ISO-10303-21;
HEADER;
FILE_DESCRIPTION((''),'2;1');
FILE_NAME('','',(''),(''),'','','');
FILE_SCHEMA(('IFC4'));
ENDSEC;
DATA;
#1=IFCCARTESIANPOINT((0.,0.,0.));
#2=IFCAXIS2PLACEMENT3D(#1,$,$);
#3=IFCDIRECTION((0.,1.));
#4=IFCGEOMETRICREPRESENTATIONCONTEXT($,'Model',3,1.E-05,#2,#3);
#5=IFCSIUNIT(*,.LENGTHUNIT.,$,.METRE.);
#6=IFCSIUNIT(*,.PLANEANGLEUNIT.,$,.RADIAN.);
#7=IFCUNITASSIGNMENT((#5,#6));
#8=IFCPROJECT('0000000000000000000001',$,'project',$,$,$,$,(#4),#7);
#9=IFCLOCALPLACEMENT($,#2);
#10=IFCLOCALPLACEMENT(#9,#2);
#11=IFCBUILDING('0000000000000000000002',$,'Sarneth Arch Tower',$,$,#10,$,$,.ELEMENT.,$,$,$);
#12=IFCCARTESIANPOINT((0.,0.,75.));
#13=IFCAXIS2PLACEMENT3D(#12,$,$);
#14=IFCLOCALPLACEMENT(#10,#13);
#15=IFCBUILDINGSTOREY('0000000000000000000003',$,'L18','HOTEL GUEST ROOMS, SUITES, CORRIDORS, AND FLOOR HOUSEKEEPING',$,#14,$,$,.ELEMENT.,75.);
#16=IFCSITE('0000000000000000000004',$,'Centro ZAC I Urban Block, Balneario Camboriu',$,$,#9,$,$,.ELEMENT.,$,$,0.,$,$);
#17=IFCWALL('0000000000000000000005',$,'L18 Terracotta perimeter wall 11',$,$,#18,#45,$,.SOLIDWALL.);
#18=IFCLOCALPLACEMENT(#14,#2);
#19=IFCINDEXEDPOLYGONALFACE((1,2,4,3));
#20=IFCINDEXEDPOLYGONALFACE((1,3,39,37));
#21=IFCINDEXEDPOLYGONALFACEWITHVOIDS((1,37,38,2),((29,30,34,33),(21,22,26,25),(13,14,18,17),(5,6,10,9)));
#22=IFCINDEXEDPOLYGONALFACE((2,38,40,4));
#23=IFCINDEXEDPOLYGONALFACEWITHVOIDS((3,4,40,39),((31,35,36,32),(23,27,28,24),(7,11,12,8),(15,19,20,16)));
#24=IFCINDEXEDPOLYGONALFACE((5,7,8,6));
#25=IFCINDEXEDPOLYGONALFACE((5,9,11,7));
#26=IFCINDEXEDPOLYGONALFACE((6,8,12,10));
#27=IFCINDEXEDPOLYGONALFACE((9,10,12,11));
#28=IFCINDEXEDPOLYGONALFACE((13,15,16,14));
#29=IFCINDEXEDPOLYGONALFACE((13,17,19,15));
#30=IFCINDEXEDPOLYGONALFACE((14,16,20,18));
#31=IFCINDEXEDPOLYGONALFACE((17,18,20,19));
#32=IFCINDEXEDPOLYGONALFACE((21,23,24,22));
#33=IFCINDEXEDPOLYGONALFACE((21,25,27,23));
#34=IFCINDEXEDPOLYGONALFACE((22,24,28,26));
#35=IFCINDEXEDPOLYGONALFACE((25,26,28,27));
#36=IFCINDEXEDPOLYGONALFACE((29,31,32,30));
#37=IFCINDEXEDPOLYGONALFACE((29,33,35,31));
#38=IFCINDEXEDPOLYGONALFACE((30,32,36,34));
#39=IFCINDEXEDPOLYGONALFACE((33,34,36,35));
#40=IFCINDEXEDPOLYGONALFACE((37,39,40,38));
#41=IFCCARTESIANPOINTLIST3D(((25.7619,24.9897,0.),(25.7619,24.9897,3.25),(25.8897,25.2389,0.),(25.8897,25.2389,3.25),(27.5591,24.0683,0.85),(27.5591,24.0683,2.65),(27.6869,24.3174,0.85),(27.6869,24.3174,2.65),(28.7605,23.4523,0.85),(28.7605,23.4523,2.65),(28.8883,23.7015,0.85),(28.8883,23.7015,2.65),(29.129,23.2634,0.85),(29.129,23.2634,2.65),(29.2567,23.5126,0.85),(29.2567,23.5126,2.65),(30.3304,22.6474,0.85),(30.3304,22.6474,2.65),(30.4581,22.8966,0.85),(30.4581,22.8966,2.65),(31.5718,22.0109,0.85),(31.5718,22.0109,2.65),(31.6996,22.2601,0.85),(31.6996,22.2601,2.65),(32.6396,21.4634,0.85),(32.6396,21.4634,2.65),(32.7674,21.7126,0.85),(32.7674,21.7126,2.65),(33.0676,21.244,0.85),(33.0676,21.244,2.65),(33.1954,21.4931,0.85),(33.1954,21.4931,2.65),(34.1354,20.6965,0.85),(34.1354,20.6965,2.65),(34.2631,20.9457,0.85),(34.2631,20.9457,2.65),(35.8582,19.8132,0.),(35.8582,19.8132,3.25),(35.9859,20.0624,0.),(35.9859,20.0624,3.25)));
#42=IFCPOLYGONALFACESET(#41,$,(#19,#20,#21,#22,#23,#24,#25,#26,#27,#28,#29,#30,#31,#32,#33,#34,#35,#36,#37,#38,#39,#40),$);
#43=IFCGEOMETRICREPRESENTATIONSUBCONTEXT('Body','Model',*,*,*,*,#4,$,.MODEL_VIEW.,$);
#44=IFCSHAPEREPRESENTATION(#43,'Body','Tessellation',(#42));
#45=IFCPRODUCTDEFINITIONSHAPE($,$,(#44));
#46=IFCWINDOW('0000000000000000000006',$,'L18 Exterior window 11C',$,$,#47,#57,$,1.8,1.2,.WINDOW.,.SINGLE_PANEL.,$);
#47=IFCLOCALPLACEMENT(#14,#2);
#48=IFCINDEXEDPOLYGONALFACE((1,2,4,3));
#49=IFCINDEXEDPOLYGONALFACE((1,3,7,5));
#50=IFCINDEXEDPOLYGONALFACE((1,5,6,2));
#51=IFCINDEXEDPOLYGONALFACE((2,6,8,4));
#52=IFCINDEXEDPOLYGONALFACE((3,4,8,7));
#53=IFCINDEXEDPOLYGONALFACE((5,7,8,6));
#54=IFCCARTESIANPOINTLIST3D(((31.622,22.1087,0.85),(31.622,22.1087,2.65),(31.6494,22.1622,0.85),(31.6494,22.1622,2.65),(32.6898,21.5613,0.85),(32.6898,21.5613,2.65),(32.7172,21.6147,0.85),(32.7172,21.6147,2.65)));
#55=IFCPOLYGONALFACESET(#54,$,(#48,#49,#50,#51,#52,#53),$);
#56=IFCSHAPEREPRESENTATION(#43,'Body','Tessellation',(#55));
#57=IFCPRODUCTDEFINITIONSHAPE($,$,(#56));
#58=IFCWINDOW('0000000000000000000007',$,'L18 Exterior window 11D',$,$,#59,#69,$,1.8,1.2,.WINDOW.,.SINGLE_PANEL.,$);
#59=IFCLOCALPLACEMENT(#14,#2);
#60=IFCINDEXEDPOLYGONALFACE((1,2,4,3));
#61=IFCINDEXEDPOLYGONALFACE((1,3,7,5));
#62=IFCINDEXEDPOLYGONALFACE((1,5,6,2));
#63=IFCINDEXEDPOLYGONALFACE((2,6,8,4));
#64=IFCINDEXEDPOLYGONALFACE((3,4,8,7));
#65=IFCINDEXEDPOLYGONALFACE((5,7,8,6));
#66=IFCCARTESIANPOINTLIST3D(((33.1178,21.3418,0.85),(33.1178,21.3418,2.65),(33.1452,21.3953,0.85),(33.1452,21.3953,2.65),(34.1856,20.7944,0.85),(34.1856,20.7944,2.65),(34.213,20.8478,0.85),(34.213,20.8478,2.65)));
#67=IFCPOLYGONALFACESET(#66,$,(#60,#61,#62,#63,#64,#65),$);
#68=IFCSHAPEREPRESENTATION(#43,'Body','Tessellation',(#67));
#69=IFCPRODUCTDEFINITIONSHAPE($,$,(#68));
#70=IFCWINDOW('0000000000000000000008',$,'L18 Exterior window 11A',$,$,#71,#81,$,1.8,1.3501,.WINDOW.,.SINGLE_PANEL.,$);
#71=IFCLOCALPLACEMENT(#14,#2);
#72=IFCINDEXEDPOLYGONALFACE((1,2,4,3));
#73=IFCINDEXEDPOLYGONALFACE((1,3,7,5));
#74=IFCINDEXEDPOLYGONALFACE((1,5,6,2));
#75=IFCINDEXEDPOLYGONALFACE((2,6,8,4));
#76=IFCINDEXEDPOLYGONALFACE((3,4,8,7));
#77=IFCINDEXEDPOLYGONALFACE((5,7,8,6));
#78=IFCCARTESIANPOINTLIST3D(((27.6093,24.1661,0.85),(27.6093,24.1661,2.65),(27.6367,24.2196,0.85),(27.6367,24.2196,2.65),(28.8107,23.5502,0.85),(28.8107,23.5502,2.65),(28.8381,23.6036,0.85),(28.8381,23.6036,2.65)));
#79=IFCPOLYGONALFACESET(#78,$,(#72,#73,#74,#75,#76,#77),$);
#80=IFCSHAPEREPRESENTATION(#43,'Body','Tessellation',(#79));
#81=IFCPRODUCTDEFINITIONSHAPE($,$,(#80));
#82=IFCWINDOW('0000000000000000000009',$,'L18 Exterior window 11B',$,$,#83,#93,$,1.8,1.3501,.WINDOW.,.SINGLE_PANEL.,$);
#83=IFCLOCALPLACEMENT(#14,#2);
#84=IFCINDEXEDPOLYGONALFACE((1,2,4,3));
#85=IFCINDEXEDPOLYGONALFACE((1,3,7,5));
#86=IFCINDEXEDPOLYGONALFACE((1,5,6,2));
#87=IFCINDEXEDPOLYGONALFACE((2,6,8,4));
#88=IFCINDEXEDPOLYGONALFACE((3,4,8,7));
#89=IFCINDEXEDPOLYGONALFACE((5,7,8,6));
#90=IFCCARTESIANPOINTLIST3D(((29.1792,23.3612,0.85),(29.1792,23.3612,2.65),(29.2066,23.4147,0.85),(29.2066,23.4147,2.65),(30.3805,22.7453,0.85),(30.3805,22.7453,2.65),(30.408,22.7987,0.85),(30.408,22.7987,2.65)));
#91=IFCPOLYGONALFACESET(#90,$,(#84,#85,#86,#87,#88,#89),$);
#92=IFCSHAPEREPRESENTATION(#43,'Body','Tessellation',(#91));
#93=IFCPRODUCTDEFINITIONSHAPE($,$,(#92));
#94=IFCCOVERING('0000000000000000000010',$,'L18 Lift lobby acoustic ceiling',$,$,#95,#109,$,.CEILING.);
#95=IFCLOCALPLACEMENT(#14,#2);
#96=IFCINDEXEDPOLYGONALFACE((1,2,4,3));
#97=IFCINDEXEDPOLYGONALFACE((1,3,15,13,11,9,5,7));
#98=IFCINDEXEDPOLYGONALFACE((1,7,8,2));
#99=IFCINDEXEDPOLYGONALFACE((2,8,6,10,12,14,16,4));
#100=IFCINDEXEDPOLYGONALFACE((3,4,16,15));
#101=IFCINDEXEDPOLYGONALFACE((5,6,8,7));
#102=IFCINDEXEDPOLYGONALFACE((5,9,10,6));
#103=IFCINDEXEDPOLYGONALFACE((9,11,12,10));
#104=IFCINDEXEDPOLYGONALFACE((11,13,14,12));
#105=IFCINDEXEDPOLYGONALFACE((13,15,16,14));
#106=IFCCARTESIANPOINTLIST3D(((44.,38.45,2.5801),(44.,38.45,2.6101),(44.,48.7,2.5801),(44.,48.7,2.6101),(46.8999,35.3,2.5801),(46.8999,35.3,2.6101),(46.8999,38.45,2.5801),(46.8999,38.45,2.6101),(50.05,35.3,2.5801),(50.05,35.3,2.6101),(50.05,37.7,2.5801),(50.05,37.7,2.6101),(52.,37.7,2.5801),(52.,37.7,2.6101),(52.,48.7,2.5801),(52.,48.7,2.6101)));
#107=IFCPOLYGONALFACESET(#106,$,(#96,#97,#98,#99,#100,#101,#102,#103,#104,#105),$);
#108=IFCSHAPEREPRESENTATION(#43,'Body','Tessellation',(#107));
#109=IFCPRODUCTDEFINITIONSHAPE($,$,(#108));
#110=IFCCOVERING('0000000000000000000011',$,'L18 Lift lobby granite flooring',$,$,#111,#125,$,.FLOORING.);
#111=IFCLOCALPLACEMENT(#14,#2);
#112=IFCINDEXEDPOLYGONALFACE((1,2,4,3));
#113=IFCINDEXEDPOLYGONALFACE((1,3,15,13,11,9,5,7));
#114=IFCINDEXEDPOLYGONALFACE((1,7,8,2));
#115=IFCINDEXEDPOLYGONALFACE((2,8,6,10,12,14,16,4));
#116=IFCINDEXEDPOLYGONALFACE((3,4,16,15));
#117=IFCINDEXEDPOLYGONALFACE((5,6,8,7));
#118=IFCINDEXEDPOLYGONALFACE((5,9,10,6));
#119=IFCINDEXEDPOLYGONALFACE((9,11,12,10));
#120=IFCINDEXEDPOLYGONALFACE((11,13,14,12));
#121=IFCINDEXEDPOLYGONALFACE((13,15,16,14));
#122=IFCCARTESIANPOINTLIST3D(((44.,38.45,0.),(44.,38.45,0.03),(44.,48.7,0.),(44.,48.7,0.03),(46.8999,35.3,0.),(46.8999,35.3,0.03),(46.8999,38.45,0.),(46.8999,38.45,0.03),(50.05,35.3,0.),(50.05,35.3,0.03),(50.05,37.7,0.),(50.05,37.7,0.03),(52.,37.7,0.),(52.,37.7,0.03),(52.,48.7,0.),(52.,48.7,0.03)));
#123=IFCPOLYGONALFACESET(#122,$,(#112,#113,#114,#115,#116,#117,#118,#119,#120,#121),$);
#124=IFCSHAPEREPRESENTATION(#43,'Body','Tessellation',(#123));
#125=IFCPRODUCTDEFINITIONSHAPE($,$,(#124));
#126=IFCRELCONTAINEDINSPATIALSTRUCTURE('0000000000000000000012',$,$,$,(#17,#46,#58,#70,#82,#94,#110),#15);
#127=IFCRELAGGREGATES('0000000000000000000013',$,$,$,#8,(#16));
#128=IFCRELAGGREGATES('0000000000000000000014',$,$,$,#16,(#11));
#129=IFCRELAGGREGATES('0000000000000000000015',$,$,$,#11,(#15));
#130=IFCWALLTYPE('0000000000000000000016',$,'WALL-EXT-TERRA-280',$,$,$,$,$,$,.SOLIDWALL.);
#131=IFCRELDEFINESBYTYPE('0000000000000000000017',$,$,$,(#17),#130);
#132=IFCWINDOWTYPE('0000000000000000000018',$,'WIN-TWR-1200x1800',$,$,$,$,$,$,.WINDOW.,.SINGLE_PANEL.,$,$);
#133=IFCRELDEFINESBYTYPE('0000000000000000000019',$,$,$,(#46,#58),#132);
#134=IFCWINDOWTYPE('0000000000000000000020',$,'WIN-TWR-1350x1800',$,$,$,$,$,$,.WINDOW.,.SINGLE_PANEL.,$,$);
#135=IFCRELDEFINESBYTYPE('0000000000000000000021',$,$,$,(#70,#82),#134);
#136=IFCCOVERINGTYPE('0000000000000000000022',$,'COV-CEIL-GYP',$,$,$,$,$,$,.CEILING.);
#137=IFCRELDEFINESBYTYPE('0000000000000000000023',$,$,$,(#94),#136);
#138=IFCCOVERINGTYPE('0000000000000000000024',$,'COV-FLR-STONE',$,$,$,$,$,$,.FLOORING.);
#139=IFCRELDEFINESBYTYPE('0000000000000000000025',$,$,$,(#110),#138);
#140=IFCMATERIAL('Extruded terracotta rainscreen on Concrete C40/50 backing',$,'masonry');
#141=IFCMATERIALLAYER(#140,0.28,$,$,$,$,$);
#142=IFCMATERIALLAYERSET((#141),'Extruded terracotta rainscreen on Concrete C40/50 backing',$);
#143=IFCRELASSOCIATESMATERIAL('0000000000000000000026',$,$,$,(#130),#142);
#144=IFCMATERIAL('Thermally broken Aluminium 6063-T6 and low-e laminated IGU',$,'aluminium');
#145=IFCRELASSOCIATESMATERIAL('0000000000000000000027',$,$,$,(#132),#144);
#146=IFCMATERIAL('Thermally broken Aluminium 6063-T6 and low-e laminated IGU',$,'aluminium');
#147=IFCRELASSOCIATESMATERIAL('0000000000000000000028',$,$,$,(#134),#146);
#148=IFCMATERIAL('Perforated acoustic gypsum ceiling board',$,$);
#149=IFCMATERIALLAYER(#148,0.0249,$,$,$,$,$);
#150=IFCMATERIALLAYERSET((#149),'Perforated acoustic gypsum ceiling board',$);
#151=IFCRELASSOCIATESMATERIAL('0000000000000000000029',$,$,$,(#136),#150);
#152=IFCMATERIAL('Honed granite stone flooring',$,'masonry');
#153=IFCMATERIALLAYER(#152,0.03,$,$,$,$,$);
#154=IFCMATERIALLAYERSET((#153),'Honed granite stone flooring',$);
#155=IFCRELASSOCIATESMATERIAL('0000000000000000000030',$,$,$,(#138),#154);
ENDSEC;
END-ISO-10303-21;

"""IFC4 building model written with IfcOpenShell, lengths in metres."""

from ifc_helpers import new_model, si_unit, direction, frame, frame_2d, origin, place, context, subcontext, project, spatial, polyline, rectangle, outline, extrude, material, layer, layer_set, type_object, element, fill, save


model = new_model("IFC4")

# Units and contexts
model_context = context("Model", 3, precision=1e-05, world=origin(), true_north=direction((0.0, 1.0)))
body_context = subcontext(model_context, "Body", "Model", "MODEL_VIEW")
ifc_project = project(units=[si_unit("LENGTHUNIT", "METRE"), si_unit("PLANEANGLEUNIT", "RADIAN")], contexts=[model_context])

# Site, building, storey
site_placement = place(None, origin())
site = spatial("IfcSite", under=ifc_project, at=site_placement, Name="Centro ZAC I Urban Block, Balneario Camboriu", CompositionType="ELEMENT", RefElevation=0.0)
building_placement = place(site_placement, origin())
building = spatial("IfcBuilding", under=site, at=building_placement, Name="Sarneth Arch Tower", CompositionType="ELEMENT")
storey_placement = place(building_placement, frame((0.0, 0.0, 75.0)))
storey = spatial("IfcBuildingStorey", under=building, at=storey_placement, Name="L18", Description="HOTEL GUEST ROOMS, SUITES, CORRIDORS, AND FLOOR HOUSEKEEPING", CompositionType="ELEMENT", Elevation=75.0)

# Wall, openings, windows
ifc_material_1 = material(Name="Extruded terracotta rainscreen on Concrete C40/50 backing", Category="masonry")
ifc_layer_1 = layer(ifc_material_1, 0.28)
ifc_layer_set_1 = layer_set([ifc_layer_1], Name="Extruded terracotta rainscreen on Concrete C40/50 backing")
wall_type = type_object("IfcWallType", Name="WALL-EXT-TERRA-280", PredefinedType="SOLIDWALL", material=ifc_layer_set_1)
wall_placement = place(storey_placement, frame((25.8259, 25.1143, 0.0), z_axis=(0.0, 0.0, 1.0), x_axis=(0.889854, -0.456245, 0.0)))
wall = element("IfcWall", 1, at=wall_placement, inside=storey, type_object=wall_type, Name="L18 Terracotta perimeter wall 11", PredefinedType="SOLIDWALL", context=body_context, shape_type="SweptSolid", body=[
    extrude(rectangle(XDim=11.3459, YDim=0.28, at=frame_2d((5.6729, 0.0))), origin(), (0.0, 0.0, 1.0), 3.25),
])
opening_1_placement = place(wall_placement, frame((2.0195, 0.0, 0.8501)))
opening_1 = element("IfcOpeningElement", 2, at=opening_1_placement, cuts=wall, PredefinedType="OPENING", context=body_context, shape_type="SweptSolid", body=[
    extrude(rectangle(XDim=1.3501, YDim=1.8, at=frame_2d((0.675, 0.8999))), frame((0.0, 0.1499, 0.0), z_axis=(0.0, -1.0, 0.0), x_axis=(1.0, 0.0, 0.0)), (0.0, 0.0, 1.0), 0.3),
])
opening_2_placement = place(wall_placement, frame((3.7837, 0.0, 0.8501)))
opening_2 = element("IfcOpeningElement", 3, at=opening_2_placement, cuts=wall, PredefinedType="OPENING", context=body_context, shape_type="SweptSolid", body=[
    extrude(rectangle(XDim=1.3501, YDim=1.8, at=frame_2d((0.675, 0.8999))), frame((0.0, 0.1499, 0.0), z_axis=(0.0, -1.0, 0.0), x_axis=(1.0, 0.0, 0.0)), (0.0, 0.0, 1.0), 0.3),
])
opening_3_placement = place(wall_placement, frame((6.5288, 0.0, 0.8501)))
opening_3 = element("IfcOpeningElement", 4, at=opening_3_placement, cuts=wall, PredefinedType="OPENING", context=body_context, shape_type="SweptSolid", body=[
    extrude(rectangle(XDim=1.2, YDim=1.8, at=frame_2d((0.6001, 0.8999))), frame((0.0, 0.1499, 0.0), z_axis=(0.0, -1.0, 0.0), x_axis=(1.0, 0.0, 0.0)), (0.0, 0.0, 1.0), 0.3),
])
opening_4_placement = place(wall_placement, frame((8.2097, 0.0, 0.8501)))
opening_4 = element("IfcOpeningElement", 5, at=opening_4_placement, cuts=wall, PredefinedType="OPENING", context=body_context, shape_type="SweptSolid", body=[
    extrude(rectangle(XDim=1.2, YDim=1.8, at=frame_2d((0.6001, 0.8999))), frame((0.0, 0.1499, 0.0), z_axis=(0.0, -1.0, 0.0), x_axis=(1.0, 0.0, 0.0)), (0.0, 0.0, 1.0), 0.3),
])
ifc_material_2 = material(Name="Thermally broken Aluminium 6063-T6 and low-e laminated IGU", Category="aluminium")
window_type_1 = type_object("IfcWindowType", Name="WIN-TWR-1200x1800", PartitioningType="SINGLE_PANEL", PredefinedType="WINDOW", material=ifc_material_2)
window_1_placement = place(opening_3_placement, origin())
window_1 = element("IfcWindow", 6, at=window_1_placement, inside=storey, type_object=window_type_1, Name="L18 Exterior window 11C", OverallHeight=1.8, OverallWidth=1.2, PartitioningType="SINGLE_PANEL", PredefinedType="WINDOW", context=body_context, shape_type="SweptSolid", body=[
    extrude(rectangle(XDim=1.2, YDim=1.8, at=frame_2d((0.6001, 0.8999))), frame((0.0, 0.03, 0.0), z_axis=(0.0, -1.0, 0.0), x_axis=(1.0, 0.0, 0.0)), (0.0, 0.0, 1.0), 0.0601),
])
fill(opening_3, window_1)
window_2_placement = place(opening_4_placement, origin())
window_2 = element("IfcWindow", 7, at=window_2_placement, inside=storey, type_object=window_type_1, Name="L18 Exterior window 11D", OverallHeight=1.8, OverallWidth=1.2, PartitioningType="SINGLE_PANEL", PredefinedType="WINDOW", context=body_context, shape_type="SweptSolid", body=[
    extrude(rectangle(XDim=1.2, YDim=1.8, at=frame_2d((0.6001, 0.8999))), frame((0.0, 0.03, 0.0), z_axis=(0.0, -1.0, 0.0), x_axis=(1.0, 0.0, 0.0)), (0.0, 0.0, 1.0), 0.0601),
])
fill(opening_4, window_2)
ifc_material_3 = material(Name="Thermally broken Aluminium 6063-T6 and low-e laminated IGU", Category="aluminium")
window_type_2 = type_object("IfcWindowType", Name="WIN-TWR-1350x1800", PartitioningType="SINGLE_PANEL", PredefinedType="WINDOW", material=ifc_material_3)
window_3_placement = place(opening_1_placement, origin())
window_3 = element("IfcWindow", 8, at=window_3_placement, inside=storey, type_object=window_type_2, Name="L18 Exterior window 11A", OverallHeight=1.8, OverallWidth=1.3501, PartitioningType="SINGLE_PANEL", PredefinedType="WINDOW", context=body_context, shape_type="SweptSolid", body=[
    extrude(rectangle(XDim=1.3501, YDim=1.8, at=frame_2d((0.675, 0.8999))), frame((0.0, 0.03, 0.0), z_axis=(0.0, -1.0, 0.0), x_axis=(1.0, 0.0, 0.0)), (0.0, 0.0, 1.0), 0.0601),
])
fill(opening_1, window_3)
window_4_placement = place(opening_2_placement, origin())
window_4 = element("IfcWindow", 9, at=window_4_placement, inside=storey, type_object=window_type_2, Name="L18 Exterior window 11B", OverallHeight=1.8, OverallWidth=1.3501, PartitioningType="SINGLE_PANEL", PredefinedType="WINDOW", context=body_context, shape_type="SweptSolid", body=[
    extrude(rectangle(XDim=1.3501, YDim=1.8, at=frame_2d((0.675, 0.8999))), frame((0.0, 0.03, 0.0), z_axis=(0.0, -1.0, 0.0), x_axis=(1.0, 0.0, 0.0)), (0.0, 0.0, 1.0), 0.0601),
])
fill(opening_2, window_4)

# Coverings
ifc_material_4 = material(Name="Perforated acoustic gypsum ceiling board")
ifc_layer_2 = layer(ifc_material_4, 0.0249)
ifc_layer_set_2 = layer_set([ifc_layer_2], Name="Perforated acoustic gypsum ceiling board")
covering_type_1 = type_object("IfcCoveringType", Name="COV-CEIL-GYP", PredefinedType="CEILING", material=ifc_layer_set_2)
covering_1_placement = place(storey_placement, frame((0.0, 0.0, 2.5801)))
element("IfcCovering", 10, at=covering_1_placement, inside=storey, type_object=covering_type_1, Name="L18 Lift lobby acoustic ceiling", PredefinedType="CEILING", context=body_context, shape_type="SweptSolid", body=[
    extrude(outline(polyline([(52.0, 37.7), (50.05, 37.7), (50.05, 35.3), (46.8999, 35.3), (46.8999, 38.45), (44.0, 38.45), (44.0, 48.7), (52.0, 48.7), (52.0, 37.7)])), origin(), (0.0, 0.0, 1.0), 0.03),
])
ifc_material_5 = material(Name="Honed granite stone flooring", Category="masonry")
ifc_layer_3 = layer(ifc_material_5, 0.03)
ifc_layer_set_3 = layer_set([ifc_layer_3], Name="Honed granite stone flooring")
covering_type_2 = type_object("IfcCoveringType", Name="COV-FLR-STONE", PredefinedType="FLOORING", material=ifc_layer_set_3)
covering_2_placement = place(storey_placement, origin())
element("IfcCovering", 11, at=covering_2_placement, inside=storey, type_object=covering_type_2, Name="L18 Lift lobby granite flooring", PredefinedType="FLOORING", context=body_context, shape_type="SweptSolid", body=[
    extrude(outline(polyline([(52.0, 37.7), (50.05, 37.7), (50.05, 35.3), (46.8999, 35.3), (46.8999, 38.45), (44.0, 38.45), (44.0, 48.7), (52.0, 48.7), (52.0, 37.7)])), origin(), (0.0, 0.0, 1.0), 0.03),
])

save(model, "model.ifc")
